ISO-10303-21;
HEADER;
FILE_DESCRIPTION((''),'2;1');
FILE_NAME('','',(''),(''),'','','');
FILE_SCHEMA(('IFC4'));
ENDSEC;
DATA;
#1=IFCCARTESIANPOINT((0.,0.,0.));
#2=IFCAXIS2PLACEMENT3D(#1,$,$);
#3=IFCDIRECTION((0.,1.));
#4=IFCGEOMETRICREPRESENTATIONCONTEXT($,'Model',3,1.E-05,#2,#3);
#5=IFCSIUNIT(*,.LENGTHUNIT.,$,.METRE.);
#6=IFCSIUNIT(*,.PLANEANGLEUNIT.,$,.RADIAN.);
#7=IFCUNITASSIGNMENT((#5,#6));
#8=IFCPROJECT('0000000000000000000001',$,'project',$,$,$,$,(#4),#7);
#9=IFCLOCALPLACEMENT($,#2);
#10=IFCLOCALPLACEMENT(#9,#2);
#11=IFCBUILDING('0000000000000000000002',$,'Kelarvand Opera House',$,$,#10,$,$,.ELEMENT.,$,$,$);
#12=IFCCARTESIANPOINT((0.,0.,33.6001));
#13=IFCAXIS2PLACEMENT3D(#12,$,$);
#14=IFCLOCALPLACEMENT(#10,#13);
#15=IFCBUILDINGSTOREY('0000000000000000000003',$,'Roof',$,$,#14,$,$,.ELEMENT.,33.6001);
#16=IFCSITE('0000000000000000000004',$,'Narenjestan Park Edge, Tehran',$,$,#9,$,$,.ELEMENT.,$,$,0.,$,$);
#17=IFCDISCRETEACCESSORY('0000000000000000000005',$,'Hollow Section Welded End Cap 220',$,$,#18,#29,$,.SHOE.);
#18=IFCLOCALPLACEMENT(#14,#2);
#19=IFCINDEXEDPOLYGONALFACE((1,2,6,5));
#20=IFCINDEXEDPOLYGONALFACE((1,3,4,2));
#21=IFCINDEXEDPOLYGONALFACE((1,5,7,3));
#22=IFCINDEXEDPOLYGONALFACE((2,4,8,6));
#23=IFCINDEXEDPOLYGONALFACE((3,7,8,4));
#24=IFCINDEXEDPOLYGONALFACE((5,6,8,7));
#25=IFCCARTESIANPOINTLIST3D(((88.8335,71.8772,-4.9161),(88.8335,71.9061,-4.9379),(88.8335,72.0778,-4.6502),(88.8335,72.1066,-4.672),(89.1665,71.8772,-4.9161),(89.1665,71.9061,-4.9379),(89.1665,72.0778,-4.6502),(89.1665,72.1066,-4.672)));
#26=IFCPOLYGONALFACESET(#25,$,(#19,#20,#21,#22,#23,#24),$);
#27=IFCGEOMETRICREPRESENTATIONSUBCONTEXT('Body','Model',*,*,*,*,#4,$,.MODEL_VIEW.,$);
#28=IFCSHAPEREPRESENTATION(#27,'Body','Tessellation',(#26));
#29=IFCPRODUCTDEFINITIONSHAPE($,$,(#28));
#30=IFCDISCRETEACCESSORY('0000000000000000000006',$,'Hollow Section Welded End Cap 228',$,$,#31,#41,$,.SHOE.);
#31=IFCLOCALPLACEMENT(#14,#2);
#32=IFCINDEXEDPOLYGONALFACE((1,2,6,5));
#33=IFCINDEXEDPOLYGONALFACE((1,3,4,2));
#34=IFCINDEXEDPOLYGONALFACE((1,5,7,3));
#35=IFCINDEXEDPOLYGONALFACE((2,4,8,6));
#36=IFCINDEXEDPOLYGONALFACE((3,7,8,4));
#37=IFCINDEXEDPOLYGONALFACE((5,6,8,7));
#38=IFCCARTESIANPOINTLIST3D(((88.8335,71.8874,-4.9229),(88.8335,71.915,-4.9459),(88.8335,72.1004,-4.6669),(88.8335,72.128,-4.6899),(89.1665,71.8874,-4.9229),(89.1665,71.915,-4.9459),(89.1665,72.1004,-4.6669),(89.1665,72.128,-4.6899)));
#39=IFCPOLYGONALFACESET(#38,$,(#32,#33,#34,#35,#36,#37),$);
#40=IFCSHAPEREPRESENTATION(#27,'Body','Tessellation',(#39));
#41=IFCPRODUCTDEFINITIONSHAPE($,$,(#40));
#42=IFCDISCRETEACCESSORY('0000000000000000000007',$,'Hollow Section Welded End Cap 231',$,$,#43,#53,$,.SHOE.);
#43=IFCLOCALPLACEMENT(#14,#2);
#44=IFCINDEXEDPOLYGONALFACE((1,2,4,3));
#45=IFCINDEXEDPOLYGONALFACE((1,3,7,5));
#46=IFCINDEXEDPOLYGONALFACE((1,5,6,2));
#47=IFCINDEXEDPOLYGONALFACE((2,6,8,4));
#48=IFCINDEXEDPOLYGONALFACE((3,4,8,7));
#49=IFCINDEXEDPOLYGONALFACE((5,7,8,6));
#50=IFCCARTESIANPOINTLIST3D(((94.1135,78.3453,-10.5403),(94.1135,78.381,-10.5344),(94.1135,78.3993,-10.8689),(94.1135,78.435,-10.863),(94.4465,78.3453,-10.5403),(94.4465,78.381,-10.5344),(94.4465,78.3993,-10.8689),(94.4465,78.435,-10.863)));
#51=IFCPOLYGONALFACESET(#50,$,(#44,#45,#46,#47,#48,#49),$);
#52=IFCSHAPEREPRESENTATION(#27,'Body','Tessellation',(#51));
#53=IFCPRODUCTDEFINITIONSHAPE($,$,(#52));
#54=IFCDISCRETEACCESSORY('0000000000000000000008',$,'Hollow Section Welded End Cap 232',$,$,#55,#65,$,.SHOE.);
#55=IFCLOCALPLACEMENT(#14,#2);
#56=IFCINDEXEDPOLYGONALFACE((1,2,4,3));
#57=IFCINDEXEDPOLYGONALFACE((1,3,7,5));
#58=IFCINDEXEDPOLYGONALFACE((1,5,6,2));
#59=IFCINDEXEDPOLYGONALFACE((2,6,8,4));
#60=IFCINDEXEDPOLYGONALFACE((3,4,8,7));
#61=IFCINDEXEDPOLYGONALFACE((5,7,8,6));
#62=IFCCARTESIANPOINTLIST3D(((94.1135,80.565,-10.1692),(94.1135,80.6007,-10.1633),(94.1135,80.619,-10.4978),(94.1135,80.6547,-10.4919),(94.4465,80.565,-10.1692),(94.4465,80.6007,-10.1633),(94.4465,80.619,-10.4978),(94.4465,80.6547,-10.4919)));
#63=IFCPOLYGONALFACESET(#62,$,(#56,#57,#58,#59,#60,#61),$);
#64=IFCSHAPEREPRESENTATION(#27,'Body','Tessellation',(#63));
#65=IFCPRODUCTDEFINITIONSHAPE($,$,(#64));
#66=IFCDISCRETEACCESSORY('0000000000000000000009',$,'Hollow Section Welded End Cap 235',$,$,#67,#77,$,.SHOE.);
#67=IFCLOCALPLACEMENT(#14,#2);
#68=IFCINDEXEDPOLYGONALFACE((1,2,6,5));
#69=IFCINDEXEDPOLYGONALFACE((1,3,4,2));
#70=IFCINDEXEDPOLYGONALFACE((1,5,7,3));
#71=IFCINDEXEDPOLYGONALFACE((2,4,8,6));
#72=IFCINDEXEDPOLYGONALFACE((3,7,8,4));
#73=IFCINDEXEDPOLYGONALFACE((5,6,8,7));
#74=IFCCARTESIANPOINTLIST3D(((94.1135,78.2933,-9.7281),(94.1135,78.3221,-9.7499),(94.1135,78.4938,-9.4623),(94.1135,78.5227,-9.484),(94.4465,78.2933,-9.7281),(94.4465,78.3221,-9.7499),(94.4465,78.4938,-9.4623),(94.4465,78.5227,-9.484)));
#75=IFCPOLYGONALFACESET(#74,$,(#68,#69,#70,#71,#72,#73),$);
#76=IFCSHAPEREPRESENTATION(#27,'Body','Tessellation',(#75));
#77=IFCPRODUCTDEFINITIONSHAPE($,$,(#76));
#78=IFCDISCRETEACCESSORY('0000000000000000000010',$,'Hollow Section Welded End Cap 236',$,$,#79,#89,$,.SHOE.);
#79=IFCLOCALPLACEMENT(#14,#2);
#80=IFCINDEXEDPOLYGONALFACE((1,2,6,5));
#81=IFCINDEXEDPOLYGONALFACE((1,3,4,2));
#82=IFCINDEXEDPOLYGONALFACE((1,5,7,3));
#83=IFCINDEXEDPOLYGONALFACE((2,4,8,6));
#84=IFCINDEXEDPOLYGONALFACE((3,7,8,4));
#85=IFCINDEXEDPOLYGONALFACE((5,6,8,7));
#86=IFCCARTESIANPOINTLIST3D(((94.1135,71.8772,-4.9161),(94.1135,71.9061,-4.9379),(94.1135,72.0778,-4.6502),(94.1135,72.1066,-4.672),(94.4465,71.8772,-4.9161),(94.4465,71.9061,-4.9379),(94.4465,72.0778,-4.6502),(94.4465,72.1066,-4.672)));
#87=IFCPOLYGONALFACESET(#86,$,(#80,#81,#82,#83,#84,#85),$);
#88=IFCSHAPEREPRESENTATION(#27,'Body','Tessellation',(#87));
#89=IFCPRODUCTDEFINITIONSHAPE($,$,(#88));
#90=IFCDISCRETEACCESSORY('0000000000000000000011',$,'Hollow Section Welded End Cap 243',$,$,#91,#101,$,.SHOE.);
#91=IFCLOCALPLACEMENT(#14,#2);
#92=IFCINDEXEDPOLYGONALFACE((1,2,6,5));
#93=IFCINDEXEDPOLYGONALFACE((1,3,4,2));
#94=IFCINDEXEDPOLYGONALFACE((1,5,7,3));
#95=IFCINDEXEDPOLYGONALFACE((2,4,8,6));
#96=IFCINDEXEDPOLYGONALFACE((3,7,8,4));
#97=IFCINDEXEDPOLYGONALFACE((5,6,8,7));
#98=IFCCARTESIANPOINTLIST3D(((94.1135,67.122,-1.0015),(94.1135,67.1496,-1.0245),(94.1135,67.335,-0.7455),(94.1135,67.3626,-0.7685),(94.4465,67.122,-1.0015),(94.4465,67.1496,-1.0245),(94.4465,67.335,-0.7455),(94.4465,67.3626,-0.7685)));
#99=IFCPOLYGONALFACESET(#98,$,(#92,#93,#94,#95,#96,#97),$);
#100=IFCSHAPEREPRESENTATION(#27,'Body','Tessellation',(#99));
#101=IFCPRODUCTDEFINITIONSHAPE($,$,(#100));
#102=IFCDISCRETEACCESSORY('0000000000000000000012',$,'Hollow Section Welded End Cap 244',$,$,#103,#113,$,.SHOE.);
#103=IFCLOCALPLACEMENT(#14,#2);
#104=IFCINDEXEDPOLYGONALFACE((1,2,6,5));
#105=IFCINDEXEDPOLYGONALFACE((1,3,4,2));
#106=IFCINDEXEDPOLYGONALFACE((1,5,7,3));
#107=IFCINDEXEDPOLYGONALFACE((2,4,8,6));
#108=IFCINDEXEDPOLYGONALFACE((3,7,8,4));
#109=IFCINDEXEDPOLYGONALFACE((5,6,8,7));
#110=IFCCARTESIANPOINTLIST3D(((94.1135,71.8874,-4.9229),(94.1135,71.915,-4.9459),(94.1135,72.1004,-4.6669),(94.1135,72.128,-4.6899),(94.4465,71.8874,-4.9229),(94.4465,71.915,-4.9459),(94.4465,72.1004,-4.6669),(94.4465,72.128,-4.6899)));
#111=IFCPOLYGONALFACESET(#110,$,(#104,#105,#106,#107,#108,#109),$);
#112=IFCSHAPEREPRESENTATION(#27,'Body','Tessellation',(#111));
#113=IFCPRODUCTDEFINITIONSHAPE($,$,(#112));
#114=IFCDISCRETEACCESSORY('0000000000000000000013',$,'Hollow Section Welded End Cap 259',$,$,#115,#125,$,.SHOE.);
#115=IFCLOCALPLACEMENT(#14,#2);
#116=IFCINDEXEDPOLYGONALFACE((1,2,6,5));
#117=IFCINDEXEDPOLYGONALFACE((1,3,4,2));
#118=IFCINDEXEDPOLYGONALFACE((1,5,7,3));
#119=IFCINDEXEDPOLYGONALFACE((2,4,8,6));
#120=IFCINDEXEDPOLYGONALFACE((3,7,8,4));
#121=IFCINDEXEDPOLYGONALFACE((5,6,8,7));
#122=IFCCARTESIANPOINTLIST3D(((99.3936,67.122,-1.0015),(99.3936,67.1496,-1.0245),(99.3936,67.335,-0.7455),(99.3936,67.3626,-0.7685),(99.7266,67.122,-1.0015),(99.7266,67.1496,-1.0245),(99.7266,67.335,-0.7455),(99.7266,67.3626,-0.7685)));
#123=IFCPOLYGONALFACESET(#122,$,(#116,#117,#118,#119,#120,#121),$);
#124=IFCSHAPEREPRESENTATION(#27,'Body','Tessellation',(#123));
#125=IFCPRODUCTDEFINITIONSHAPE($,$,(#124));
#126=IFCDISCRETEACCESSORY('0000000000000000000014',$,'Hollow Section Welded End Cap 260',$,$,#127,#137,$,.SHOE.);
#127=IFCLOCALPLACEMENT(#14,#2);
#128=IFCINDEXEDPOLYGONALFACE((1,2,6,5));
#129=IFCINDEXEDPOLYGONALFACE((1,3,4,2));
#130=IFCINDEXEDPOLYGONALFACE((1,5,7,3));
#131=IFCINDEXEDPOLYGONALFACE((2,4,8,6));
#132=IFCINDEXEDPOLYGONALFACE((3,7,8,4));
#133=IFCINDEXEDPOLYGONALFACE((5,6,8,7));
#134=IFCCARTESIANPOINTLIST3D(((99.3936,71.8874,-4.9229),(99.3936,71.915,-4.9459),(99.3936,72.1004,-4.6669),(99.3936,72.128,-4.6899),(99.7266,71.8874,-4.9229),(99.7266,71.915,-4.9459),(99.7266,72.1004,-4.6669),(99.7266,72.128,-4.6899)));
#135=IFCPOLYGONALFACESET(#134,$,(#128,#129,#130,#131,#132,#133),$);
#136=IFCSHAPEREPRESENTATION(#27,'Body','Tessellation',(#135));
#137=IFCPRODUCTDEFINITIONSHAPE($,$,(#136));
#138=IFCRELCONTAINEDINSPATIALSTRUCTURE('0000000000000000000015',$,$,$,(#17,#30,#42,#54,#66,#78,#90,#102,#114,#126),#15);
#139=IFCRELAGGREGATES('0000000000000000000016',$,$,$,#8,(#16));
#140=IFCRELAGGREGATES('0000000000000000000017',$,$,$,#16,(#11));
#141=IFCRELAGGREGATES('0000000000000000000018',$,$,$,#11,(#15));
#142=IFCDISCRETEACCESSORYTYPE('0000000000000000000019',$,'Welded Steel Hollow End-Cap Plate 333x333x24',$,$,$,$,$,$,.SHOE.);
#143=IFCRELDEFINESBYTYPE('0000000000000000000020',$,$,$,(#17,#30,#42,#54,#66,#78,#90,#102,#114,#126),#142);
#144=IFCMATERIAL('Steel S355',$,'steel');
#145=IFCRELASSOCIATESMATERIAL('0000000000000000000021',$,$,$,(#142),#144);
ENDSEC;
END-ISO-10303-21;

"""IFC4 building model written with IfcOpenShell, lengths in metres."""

from ifc_helpers import new_model, si_unit, direction, frame, origin, origin_2d, place, context, subcontext, project, spatial, rectangle, extrude, material, material_profile, profile_set, type_object, element, save


model = new_model("IFC4")

# Units and contexts
model_context = context("Model", 3, precision=1e-05, world=origin(), true_north=direction((0.0, 1.0)))
body_context = subcontext(model_context, "Body", "Model", "MODEL_VIEW")
ifc_project = project(units=[si_unit("LENGTHUNIT", "METRE"), si_unit("PLANEANGLEUNIT", "RADIAN")], contexts=[model_context])

# Site, building, storey
site_placement = place(None, origin())
site = spatial("IfcSite", under=ifc_project, at=site_placement, Name="Narenjestan Park Edge, Tehran", CompositionType="ELEMENT", RefElevation=0.0)
building_placement = place(site_placement, origin())
building = spatial("IfcBuilding", under=site, at=building_placement, Name="Kelarvand Opera House", CompositionType="ELEMENT")
storey_placement = place(building_placement, frame((0.0, 0.0, 33.6001)))
storey = spatial("IfcBuildingStorey", under=building, at=storey_placement, Name="Roof", CompositionType="ELEMENT", Elevation=33.6001)

# Shared definitions
ifc_material = material(Name="Steel S355", Category="steel")

# Discrete accessories
ifc_material_profile_1 = material_profile(ifc_material, rectangle(XDim=0.333, YDim=0.333, at=origin_2d()), Name="Welded Steel Hollow End-Cap Plate 333x333x24", Category="steel")
ifc_profile_set_1 = profile_set([ifc_material_profile_1], Name="Steel S355")
discrete_accessory_type_1 = type_object("IfcDiscreteAccessoryType", Name="Welded Steel Hollow End-Cap Plate 333x333x24", PredefinedType="SHOE", material=ifc_profile_set_1)
for number, where, z_axis, x_axis, name in (
    (1, (89.0, 72.0063, -4.8049), (0.0, -0.798373, 0.602163), (1.0, 0.0, 0.0), "Hollow Section Welded End Cap 220"),
):
    element("IfcDiscreteAccessory", number, at=place(storey_placement, frame(where, z_axis=z_axis, x_axis=x_axis)), inside=storey, type_object=discrete_accessory_type_1, Name=name, PredefinedType="SHOE", context=body_context, shape_type="SweptSolid", body=[
        extrude(rectangle(XDim=0.333, YDim=0.333, at=origin_2d()), origin(), (0.0, 0.0, 1.0), 0.0361),
    ])
discrete_accessory_1_placement = place(storey_placement, frame((89.0, 71.9939, -4.7949), z_axis=(0.0, 0.768779, -0.639515), x_axis=(-1.0, 0.0, 0.0)))
element("IfcDiscreteAccessory", 2, at=discrete_accessory_1_placement, inside=storey, type_object=discrete_accessory_type_1, Name="Hollow Section Welded End Cap 228", PredefinedType="SHOE", context=body_context, shape_type="SweptSolid", body=[
    extrude(rectangle(XDim=0.333, YDim=0.333, at=origin_2d()), origin(), (0.0, 0.0, 1.0), 0.0359),
])
for number, where, z_axis, x_axis, name in (
    (3, (94.28, 78.408, -10.6987), (0.0, -0.986757, -0.162207), (1.0, 0.0, 0.0), "Hollow Section Welded End Cap 231"),
    (4, (94.28, 80.592, -10.3335), (0.0, 0.986757, 0.162207), (-1.0, 0.0, 0.0), "Hollow Section Welded End Cap 232"),
    (5, (94.28, 78.3936, -9.5952), (0.0, 0.798373, -0.602163), (-1.0, 0.0, 0.0), "Hollow Section Welded End Cap 235"),
    (6, (94.28, 72.0063, -4.8049), (0.0, -0.798373, 0.602163), (1.0, 0.0, 0.0), "Hollow Section Welded End Cap 236"),
):
    element("IfcDiscreteAccessory", number, at=place(storey_placement, frame(where, z_axis=z_axis, x_axis=x_axis)), inside=storey, type_object=discrete_accessory_type_1, Name=name, PredefinedType="SHOE", context=body_context, shape_type="SweptSolid", body=[
        extrude(rectangle(XDim=0.333, YDim=0.333, at=origin_2d()), origin(), (0.0, 0.0, 1.0), 0.0361),
    ])
for number, where, z_axis, x_axis, name in (
    (7, (94.28, 67.2561, -0.8965), (0.0, -0.768779, 0.639515), (1.0, 0.0, 0.0), "Hollow Section Welded End Cap 243"),
    (8, (94.28, 71.9939, -4.7949), (0.0, 0.768779, -0.639515), (-1.0, 0.0, 0.0), "Hollow Section Welded End Cap 244"),
    (9, (99.5601, 67.2561, -0.8965), (0.0, -0.768779, 0.639515), (1.0, 0.0, 0.0), "Hollow Section Welded End Cap 259"),
    (10, (99.5601, 71.9939, -4.7949), (0.0, 0.768779, -0.639515), (-1.0, 0.0, 0.0), "Hollow Section Welded End Cap 260"),
):
    element("IfcDiscreteAccessory", number, at=place(storey_placement, frame(where, z_axis=z_axis, x_axis=x_axis)), inside=storey, type_object=discrete_accessory_type_1, Name=name, PredefinedType="SHOE", context=body_context, shape_type="SweptSolid", body=[
        extrude(rectangle(XDim=0.333, YDim=0.333, at=origin_2d()), origin(), (0.0, 0.0, 1.0), 0.0359),
    ])

save(model, "model.ifc")
